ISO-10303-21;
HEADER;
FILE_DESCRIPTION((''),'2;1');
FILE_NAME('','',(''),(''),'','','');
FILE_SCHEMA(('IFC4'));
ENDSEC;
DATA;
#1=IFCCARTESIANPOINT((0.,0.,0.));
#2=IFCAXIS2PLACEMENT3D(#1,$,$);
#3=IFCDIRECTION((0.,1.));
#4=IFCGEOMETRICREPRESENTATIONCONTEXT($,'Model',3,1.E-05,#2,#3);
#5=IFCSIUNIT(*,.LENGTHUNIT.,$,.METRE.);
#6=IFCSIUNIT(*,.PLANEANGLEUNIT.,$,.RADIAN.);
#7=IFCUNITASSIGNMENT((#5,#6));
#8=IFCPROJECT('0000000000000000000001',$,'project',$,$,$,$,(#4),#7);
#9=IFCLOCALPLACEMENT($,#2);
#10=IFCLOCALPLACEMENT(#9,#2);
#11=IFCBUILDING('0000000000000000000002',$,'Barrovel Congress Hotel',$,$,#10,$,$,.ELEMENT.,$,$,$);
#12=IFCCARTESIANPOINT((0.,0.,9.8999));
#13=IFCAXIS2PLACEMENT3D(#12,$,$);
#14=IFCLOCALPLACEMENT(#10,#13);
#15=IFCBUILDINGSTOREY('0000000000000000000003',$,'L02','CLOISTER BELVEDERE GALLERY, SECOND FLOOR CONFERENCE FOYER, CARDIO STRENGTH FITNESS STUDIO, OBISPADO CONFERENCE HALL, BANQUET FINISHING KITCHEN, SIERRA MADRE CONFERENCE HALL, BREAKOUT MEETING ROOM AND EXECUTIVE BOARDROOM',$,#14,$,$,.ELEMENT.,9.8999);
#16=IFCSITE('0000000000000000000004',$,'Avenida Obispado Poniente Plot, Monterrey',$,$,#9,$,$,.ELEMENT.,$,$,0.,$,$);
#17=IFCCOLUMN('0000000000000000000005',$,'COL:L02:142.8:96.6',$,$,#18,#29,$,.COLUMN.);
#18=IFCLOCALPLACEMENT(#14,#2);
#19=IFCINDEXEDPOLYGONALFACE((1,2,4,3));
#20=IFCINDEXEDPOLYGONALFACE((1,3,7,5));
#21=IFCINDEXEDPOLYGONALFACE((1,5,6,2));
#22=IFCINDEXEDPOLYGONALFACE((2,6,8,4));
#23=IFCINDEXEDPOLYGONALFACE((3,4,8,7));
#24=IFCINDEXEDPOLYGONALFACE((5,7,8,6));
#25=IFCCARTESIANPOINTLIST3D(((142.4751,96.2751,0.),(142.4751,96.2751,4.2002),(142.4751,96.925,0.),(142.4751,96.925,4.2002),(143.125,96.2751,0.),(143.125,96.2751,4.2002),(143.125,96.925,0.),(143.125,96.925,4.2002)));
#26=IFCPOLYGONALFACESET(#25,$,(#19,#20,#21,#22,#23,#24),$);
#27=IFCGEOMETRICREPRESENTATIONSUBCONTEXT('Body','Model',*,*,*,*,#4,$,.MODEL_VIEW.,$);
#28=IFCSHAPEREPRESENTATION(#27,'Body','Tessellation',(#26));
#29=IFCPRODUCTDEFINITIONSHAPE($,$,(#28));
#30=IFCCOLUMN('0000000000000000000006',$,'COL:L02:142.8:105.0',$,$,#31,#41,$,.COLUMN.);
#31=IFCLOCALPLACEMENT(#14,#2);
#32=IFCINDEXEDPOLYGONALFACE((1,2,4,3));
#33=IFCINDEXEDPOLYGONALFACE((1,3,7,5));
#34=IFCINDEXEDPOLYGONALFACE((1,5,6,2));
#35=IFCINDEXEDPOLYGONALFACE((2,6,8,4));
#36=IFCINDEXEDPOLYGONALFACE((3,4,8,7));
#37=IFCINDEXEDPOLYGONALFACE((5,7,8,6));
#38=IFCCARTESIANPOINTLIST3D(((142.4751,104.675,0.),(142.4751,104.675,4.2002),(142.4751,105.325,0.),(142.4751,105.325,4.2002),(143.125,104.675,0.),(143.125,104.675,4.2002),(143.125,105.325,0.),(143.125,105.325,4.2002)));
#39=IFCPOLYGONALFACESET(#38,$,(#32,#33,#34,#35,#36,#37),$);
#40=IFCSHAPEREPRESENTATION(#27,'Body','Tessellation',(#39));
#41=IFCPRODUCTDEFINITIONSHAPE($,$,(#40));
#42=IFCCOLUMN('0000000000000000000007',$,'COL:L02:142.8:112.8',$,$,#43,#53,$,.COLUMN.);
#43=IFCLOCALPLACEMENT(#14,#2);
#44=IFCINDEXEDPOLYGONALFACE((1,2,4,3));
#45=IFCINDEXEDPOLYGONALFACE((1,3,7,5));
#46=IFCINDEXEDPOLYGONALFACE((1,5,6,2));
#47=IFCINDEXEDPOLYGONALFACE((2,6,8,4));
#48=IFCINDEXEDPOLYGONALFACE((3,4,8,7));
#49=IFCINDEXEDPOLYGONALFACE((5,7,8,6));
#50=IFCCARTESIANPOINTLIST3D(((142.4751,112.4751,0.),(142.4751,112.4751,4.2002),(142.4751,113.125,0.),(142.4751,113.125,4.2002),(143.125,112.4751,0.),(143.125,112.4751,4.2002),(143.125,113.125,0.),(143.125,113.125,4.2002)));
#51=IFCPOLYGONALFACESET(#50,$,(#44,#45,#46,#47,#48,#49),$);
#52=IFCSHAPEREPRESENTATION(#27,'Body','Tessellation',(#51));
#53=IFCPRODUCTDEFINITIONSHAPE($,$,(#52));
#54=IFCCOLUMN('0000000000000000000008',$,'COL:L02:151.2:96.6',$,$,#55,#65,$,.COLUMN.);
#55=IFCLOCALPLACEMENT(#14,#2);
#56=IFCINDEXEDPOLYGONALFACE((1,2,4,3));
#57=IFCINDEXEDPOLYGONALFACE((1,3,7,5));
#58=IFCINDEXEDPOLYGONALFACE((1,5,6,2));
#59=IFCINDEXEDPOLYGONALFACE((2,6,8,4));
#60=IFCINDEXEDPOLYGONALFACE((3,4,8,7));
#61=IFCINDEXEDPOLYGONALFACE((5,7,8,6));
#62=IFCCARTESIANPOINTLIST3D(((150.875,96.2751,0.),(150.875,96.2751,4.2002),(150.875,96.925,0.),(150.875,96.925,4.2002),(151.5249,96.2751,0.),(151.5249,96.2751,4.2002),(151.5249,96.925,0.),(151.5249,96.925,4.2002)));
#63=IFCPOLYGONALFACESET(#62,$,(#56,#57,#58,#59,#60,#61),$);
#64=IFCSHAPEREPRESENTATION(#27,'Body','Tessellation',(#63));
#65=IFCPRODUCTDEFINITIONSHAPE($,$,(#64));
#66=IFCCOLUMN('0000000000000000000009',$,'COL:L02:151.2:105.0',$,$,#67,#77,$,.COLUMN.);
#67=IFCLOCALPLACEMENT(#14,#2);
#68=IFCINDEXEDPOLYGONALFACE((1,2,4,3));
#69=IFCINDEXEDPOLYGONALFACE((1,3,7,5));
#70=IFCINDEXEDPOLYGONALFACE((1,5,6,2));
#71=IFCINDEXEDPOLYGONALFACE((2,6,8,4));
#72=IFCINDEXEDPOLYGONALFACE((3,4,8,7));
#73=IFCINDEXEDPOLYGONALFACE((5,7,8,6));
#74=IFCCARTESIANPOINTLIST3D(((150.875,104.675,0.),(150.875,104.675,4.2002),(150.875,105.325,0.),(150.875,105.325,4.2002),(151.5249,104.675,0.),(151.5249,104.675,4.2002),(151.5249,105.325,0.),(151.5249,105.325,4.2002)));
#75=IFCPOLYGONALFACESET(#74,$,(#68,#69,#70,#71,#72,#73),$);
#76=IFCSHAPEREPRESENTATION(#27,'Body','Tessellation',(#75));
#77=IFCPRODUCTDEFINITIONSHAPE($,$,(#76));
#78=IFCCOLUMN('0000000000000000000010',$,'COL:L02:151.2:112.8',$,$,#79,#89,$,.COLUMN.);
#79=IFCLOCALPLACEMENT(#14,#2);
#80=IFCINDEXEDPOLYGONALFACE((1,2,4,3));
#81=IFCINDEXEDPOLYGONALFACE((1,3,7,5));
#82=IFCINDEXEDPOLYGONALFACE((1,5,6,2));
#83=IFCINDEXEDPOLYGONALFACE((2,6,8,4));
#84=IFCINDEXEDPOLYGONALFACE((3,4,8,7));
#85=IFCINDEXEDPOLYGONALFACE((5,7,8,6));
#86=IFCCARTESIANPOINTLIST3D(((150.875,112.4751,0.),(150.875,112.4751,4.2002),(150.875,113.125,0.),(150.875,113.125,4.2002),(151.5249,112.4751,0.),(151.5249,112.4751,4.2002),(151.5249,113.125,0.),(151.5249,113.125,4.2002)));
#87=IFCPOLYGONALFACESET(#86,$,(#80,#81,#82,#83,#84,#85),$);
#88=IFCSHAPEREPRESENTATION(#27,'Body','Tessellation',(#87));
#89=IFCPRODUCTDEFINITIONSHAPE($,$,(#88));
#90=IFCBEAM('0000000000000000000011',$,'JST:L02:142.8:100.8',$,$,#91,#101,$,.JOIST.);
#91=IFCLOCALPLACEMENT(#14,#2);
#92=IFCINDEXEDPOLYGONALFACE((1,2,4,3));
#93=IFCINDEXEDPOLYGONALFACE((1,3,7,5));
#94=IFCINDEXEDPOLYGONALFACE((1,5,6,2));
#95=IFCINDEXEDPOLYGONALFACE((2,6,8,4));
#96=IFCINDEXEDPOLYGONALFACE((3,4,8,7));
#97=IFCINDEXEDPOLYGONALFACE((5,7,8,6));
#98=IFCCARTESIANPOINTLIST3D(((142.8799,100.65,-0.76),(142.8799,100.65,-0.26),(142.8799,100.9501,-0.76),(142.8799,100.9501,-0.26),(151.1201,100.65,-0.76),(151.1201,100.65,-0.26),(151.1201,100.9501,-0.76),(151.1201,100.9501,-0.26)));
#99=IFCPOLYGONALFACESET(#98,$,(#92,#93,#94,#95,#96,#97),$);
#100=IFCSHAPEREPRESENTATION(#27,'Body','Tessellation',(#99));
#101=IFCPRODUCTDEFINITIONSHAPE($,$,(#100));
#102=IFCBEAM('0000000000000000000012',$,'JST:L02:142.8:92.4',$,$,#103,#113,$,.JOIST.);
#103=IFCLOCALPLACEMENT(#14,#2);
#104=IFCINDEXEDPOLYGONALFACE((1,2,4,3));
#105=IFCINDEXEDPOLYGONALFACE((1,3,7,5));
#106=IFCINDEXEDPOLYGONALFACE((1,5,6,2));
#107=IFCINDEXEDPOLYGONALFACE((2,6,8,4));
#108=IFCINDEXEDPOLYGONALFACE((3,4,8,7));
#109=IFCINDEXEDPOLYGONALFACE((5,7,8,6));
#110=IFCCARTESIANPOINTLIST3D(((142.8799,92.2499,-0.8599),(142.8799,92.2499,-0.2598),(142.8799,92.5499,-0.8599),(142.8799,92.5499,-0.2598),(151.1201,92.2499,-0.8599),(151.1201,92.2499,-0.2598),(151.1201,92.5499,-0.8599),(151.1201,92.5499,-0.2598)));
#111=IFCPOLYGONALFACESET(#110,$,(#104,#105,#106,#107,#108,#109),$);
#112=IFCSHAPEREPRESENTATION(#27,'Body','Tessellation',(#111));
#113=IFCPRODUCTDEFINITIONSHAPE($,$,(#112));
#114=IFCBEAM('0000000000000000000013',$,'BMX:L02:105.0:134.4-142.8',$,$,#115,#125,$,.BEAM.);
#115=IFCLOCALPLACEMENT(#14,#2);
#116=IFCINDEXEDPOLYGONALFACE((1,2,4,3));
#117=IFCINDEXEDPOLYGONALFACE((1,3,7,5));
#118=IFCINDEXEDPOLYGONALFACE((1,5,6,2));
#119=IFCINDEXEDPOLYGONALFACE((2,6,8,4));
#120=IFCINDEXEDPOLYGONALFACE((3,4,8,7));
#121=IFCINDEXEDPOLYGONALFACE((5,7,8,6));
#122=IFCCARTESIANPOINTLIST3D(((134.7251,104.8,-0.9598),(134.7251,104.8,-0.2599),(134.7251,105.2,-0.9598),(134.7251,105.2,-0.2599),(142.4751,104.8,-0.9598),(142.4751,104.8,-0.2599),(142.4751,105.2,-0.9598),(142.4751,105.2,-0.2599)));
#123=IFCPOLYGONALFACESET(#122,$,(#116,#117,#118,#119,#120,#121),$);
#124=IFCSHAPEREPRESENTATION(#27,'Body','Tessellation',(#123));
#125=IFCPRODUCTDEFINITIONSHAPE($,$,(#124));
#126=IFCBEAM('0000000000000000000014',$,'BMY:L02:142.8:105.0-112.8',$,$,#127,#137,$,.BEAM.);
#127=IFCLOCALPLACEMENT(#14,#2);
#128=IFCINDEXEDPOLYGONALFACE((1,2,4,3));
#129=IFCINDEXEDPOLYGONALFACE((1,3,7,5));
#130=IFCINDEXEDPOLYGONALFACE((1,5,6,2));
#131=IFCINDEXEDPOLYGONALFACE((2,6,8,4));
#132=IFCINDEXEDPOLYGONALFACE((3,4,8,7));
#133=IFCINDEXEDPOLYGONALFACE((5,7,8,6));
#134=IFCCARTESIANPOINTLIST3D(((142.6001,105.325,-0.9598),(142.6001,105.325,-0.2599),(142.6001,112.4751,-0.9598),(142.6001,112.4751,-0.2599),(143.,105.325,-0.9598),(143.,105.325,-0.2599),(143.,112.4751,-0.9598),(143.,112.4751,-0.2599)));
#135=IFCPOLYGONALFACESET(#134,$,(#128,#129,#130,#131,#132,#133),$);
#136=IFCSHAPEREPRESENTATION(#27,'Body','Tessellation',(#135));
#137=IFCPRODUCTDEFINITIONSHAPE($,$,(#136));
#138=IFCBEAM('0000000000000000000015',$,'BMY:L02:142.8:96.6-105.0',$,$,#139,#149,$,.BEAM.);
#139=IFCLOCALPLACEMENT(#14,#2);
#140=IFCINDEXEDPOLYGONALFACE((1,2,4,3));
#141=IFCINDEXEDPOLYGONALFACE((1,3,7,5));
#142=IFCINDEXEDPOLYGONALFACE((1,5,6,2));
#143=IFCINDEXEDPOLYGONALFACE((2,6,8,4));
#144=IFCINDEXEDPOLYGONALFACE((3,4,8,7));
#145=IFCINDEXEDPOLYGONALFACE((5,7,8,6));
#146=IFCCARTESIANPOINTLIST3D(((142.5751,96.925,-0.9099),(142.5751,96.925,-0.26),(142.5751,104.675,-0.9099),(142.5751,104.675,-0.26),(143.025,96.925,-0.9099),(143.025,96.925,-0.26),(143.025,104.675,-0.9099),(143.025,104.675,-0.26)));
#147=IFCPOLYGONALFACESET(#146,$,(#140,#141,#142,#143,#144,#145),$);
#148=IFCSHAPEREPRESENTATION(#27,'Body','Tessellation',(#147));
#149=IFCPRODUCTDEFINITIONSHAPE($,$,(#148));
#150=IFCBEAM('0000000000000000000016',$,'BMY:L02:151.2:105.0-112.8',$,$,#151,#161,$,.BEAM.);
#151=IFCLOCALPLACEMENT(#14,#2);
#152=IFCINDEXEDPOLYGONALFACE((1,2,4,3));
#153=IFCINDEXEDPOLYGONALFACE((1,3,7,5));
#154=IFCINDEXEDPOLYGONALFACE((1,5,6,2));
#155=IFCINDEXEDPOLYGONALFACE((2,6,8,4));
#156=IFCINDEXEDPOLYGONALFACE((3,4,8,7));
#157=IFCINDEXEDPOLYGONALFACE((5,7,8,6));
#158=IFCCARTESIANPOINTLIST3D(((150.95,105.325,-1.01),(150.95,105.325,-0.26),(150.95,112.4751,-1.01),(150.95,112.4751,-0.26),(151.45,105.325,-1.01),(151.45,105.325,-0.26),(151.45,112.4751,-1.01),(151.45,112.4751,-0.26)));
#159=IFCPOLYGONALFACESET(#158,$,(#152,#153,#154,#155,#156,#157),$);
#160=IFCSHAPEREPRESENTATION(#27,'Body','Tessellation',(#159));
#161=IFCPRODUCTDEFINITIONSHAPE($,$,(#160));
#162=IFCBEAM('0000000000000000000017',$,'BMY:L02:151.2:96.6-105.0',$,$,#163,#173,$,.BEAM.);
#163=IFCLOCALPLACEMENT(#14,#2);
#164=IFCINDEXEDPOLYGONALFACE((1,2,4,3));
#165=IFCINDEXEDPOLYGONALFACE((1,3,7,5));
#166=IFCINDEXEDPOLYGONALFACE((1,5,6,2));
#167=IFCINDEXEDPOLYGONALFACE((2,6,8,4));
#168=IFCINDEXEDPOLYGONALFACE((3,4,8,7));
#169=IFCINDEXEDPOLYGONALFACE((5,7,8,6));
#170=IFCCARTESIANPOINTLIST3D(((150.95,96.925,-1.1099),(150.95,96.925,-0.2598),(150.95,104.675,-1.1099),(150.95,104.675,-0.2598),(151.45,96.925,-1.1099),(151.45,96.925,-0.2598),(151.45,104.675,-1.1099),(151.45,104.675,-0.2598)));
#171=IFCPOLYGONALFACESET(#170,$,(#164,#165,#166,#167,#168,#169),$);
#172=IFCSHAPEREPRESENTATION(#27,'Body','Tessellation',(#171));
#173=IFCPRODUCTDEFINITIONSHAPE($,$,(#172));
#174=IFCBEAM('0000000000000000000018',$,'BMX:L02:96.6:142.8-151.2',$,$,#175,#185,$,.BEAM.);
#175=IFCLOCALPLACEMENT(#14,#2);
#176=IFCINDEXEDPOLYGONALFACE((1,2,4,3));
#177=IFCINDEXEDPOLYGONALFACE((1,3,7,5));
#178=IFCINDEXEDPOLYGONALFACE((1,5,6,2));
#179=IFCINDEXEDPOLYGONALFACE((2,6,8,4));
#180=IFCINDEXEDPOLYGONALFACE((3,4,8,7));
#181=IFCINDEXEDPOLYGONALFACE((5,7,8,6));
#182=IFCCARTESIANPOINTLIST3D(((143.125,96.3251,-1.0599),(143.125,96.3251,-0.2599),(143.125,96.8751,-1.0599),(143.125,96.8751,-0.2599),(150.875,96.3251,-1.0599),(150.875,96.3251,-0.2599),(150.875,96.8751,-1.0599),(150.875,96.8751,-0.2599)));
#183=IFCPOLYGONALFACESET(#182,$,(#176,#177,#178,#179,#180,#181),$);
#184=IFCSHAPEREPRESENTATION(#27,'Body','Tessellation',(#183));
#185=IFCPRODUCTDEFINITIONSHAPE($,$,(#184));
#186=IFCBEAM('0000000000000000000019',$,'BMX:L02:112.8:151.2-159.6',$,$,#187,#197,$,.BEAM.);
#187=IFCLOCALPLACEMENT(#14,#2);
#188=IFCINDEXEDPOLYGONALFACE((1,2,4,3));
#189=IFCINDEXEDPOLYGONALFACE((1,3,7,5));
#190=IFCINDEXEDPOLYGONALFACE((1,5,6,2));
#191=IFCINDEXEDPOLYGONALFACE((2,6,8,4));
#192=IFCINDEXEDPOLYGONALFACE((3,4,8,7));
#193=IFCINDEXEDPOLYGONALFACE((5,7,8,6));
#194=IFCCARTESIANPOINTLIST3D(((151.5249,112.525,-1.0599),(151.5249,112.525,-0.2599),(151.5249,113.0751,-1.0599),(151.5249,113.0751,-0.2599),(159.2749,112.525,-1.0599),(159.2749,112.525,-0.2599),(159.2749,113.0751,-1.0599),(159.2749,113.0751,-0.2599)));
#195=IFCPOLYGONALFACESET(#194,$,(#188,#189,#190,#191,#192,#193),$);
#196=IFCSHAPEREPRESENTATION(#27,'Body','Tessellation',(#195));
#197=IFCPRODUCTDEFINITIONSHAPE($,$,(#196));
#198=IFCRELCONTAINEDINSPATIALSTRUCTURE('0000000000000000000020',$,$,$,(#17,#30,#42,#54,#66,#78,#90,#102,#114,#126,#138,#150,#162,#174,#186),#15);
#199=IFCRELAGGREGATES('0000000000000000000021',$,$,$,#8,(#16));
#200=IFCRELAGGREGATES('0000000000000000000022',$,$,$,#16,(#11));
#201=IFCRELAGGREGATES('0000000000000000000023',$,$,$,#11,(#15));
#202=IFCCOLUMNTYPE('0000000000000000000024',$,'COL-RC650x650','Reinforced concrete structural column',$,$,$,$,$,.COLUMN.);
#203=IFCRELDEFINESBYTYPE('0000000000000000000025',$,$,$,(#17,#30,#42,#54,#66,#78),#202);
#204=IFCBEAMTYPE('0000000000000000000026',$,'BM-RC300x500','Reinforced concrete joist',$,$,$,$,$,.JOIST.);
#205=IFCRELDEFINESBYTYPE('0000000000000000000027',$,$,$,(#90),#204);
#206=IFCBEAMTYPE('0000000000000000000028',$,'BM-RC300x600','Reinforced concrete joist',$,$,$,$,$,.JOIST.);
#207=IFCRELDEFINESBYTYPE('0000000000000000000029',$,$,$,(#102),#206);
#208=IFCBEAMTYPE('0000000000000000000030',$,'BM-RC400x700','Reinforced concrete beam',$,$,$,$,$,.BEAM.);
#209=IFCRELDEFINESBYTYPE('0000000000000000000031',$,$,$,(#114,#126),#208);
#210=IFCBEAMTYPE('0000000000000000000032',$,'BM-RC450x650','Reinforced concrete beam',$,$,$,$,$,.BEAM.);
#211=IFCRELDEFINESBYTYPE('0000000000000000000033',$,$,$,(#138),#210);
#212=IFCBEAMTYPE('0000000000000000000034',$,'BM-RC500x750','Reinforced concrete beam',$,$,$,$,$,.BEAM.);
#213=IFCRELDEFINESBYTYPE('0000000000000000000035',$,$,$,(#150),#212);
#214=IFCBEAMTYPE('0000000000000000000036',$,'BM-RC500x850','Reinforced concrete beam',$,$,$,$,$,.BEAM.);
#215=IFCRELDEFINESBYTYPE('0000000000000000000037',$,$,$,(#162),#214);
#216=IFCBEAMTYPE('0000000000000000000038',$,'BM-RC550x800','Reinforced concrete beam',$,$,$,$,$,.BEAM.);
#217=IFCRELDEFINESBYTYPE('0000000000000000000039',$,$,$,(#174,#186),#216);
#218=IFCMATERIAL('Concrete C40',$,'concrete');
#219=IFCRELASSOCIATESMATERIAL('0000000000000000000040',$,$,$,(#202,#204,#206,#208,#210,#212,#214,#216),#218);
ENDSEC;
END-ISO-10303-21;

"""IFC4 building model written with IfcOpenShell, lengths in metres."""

from ifc_helpers import new_model, si_unit, direction, frame, origin, origin_2d, place, context, subcontext, project, spatial, rectangle, extrude, material, material_profile, profile_set, type_object, element, save


model = new_model("IFC4")

# Units and contexts
model_context = context("Model", 3, precision=1e-05, world=origin(), true_north=direction((0.0, 1.0)))
body_context = subcontext(model_context, "Body", "Model", "MODEL_VIEW")
ifc_project = project(units=[si_unit("LENGTHUNIT", "METRE"), si_unit("PLANEANGLEUNIT", "RADIAN")], contexts=[model_context])

# Site, building, storey
site_placement = place(None, origin())
site = spatial("IfcSite", under=ifc_project, at=site_placement, Name="Avenida Obispado Poniente Plot, Monterrey", CompositionType="ELEMENT", RefElevation=0.0)
building_placement = place(site_placement, origin())
building = spatial("IfcBuilding", under=site, at=building_placement, Name="Barrovel Congress Hotel", CompositionType="ELEMENT")
storey_placement = place(building_placement, frame((0.0, 0.0, 9.8999)))
storey = spatial("IfcBuildingStorey", under=building, at=storey_placement, Name="L02", Description="CLOISTER BELVEDERE GALLERY, SECOND FLOOR CONFERENCE FOYER, CARDIO STRENGTH FITNESS STUDIO, OBISPADO CONFERENCE HALL, BANQUET FINISHING KITCHEN, SIERRA MADRE CONFERENCE HALL, BREAKOUT MEETING ROOM AND EXECUTIVE BOARDROOM", CompositionType="ELEMENT", Elevation=9.8999)

# Columns
ifc_material_1 = material(Name="Concrete C40", Category="concrete")
ifc_material_profile_1 = material_profile(ifc_material_1, rectangle(XDim=0.6499, YDim=0.6499, at=origin_2d()), Name="RC650x650")
ifc_profile_set_1 = profile_set([ifc_material_profile_1], Name="Concrete C40")
column_type = type_object("IfcColumnType", Name="COL-RC650x650", Description="Reinforced concrete structural column", PredefinedType="COLUMN", material=ifc_profile_set_1)
for number, where, z_axis, x_axis, name in (
    (1, (142.8, 96.6001, 0.0), (0.0, 0.0, 1.0), (1.0, 0.0, 0.0), "COL:L02:142.8:96.6"),
    (2, (142.8, 105.0, 0.0), (0.0, 0.0, 1.0), (1.0, 0.0, 0.0), "COL:L02:142.8:105.0"),
    (3, (142.8, 112.8, 0.0), (0.0, 0.0, 1.0), (1.0, 0.0, 0.0), "COL:L02:142.8:112.8"),
    (4, (151.2, 96.6001, 0.0), (0.0, 0.0, 1.0), (1.0, 0.0, 0.0), "COL:L02:151.2:96.6"),
    (5, (151.2, 105.0, 0.0), (0.0, 0.0, 1.0), (1.0, 0.0, 0.0), "COL:L02:151.2:105.0"),
    (6, (151.2, 112.8, 0.0), (0.0, 0.0, 1.0), (1.0, 0.0, 0.0), "COL:L02:151.2:112.8"),
):
    element("IfcColumn", number, at=place(storey_placement, frame(where, z_axis=z_axis, x_axis=x_axis)), inside=storey, type_object=column_type, Name=name, PredefinedType="COLUMN", context=body_context, shape_type="SweptSolid", body=[
        extrude(rectangle(XDim=0.6499, YDim=0.6499, at=origin_2d()), origin(), (0.0, 0.0, 1.0), 4.2002),
    ])

# Beams
ifc_material_profile_2 = material_profile(ifc_material_1, rectangle(XDim=0.3, YDim=0.5, at=origin_2d()), Name="RC300x500")
ifc_profile_set_2 = profile_set([ifc_material_profile_2], Name="Concrete C40")
beam_type_1 = type_object("IfcBeamType", Name="BM-RC300x500", Description="Reinforced concrete joist", PredefinedType="JOIST", material=ifc_profile_set_2)
beam_1_placement = place(storey_placement, frame((142.8799, 100.8, -0.51), z_axis=(1.0, 0.0, 0.0), x_axis=(0.0, 1.0, 0.0)))
element("IfcBeam", 7, at=beam_1_placement, inside=storey, type_object=beam_type_1, Name="JST:L02:142.8:100.8", PredefinedType="JOIST", context=body_context, shape_type="SweptSolid", body=[
    extrude(rectangle(XDim=0.3, YDim=0.5, at=origin_2d()), origin(), (0.0, 0.0, 1.0), 8.2402),
])
ifc_material_profile_3 = material_profile(ifc_material_1, rectangle(XDim=0.3, YDim=0.6001, at=origin_2d()), Name="RC300x600")
ifc_profile_set_3 = profile_set([ifc_material_profile_3], Name="Concrete C40")
beam_type_2 = type_object("IfcBeamType", Name="BM-RC300x600", Description="Reinforced concrete joist", PredefinedType="JOIST", material=ifc_profile_set_3)
beam_2_placement = place(storey_placement, frame((142.8799, 92.3999, -0.5598), z_axis=(1.0, 0.0, 0.0), x_axis=(0.0, 1.0, 0.0)))
element("IfcBeam", 8, at=beam_2_placement, inside=storey, type_object=beam_type_2, Name="JST:L02:142.8:92.4", PredefinedType="JOIST", context=body_context, shape_type="SweptSolid", body=[
    extrude(rectangle(XDim=0.3, YDim=0.6001, at=origin_2d()), origin(), (0.0, 0.0, 1.0), 8.2402),
])
ifc_material_profile_4 = material_profile(ifc_material_1, rectangle(XDim=0.3999, YDim=0.7, at=origin_2d()), Name="RC400x700")
ifc_profile_set_4 = profile_set([ifc_material_profile_4], Name="Concrete C40")
beam_type_3 = type_object("IfcBeamType", Name="BM-RC400x700", Description="Reinforced concrete beam", PredefinedType="BEAM", material=ifc_profile_set_4)
beam_3_placement = place(storey_placement, frame((134.7251, 105.0, -0.6099), z_axis=(1.0, 0.0, 0.0), x_axis=(0.0, 1.0, 0.0)))
element("IfcBeam", 9, at=beam_3_placement, inside=storey, type_object=beam_type_3, Name="BMX:L02:105.0:134.4-142.8", PredefinedType="BEAM", context=body_context, shape_type="SweptSolid", body=[
    extrude(rectangle(XDim=0.3999, YDim=0.7, at=origin_2d()), origin(), (0.0, 0.0, 1.0), 7.75),
])
beam_4_placement = place(storey_placement, frame((142.8, 105.325, -0.6099), z_axis=(0.0, 1.0, 0.0), x_axis=(-1.0, 0.0, 0.0)))
element("IfcBeam", 10, at=beam_4_placement, inside=storey, type_object=beam_type_3, Name="BMY:L02:142.8:105.0-112.8", PredefinedType="BEAM", context=body_context, shape_type="SweptSolid", body=[
    extrude(rectangle(XDim=0.3999, YDim=0.7, at=origin_2d()), origin(), (0.0, 0.0, 1.0), 7.1501),
])
ifc_material_profile_5 = material_profile(ifc_material_1, rectangle(XDim=0.45, YDim=0.6499, at=origin_2d()), Name="RC450x650")
ifc_profile_set_5 = profile_set([ifc_material_profile_5], Name="Concrete C40")
beam_type_4 = type_object("IfcBeamType", Name="BM-RC450x650", Description="Reinforced concrete beam", PredefinedType="BEAM", material=ifc_profile_set_5)
beam_5_placement = place(storey_placement, frame((142.8, 96.925, -0.585), z_axis=(0.0, 1.0, 0.0), x_axis=(-1.0, 0.0, 0.0)))
element("IfcBeam", 11, at=beam_5_placement, inside=storey, type_object=beam_type_4, Name="BMY:L02:142.8:96.6-105.0", PredefinedType="BEAM", context=body_context, shape_type="SweptSolid", body=[
    extrude(rectangle(XDim=0.45, YDim=0.6499, at=origin_2d()), origin(), (0.0, 0.0, 1.0), 7.75),
])
ifc_material_profile_6 = material_profile(ifc_material_1, rectangle(XDim=0.5, YDim=0.75, at=origin_2d()), Name="RC500x750")
ifc_profile_set_6 = profile_set([ifc_material_profile_6], Name="Concrete C40")
beam_type_5 = type_object("IfcBeamType", Name="BM-RC500x750", Description="Reinforced concrete beam", PredefinedType="BEAM", material=ifc_profile_set_6)
beam_6_placement = place(storey_placement, frame((151.2, 105.325, -0.635), z_axis=(0.0, 1.0, 0.0), x_axis=(-1.0, 0.0, 0.0)))
element("IfcBeam", 12, at=beam_6_placement, inside=storey, type_object=beam_type_5, Name="BMY:L02:151.2:105.0-112.8", PredefinedType="BEAM", context=body_context, shape_type="SweptSolid", body=[
    extrude(rectangle(XDim=0.5, YDim=0.75, at=origin_2d()), origin(), (0.0, 0.0, 1.0), 7.1501),
])
ifc_material_profile_7 = material_profile(ifc_material_1, rectangle(XDim=0.5, YDim=0.8501, at=origin_2d()), Name="RC500x850")
ifc_profile_set_7 = profile_set([ifc_material_profile_7], Name="Concrete C40")
beam_type_6 = type_object("IfcBeamType", Name="BM-RC500x850", Description="Reinforced concrete beam", PredefinedType="BEAM", material=ifc_profile_set_7)
beam_7_placement = place(storey_placement, frame((151.2, 96.925, -0.6848), z_axis=(0.0, 1.0, 0.0), x_axis=(-1.0, 0.0, 0.0)))
element("IfcBeam", 13, at=beam_7_placement, inside=storey, type_object=beam_type_6, Name="BMY:L02:151.2:96.6-105.0", PredefinedType="BEAM", context=body_context, shape_type="SweptSolid", body=[
    extrude(rectangle(XDim=0.5, YDim=0.8501, at=origin_2d()), origin(), (0.0, 0.0, 1.0), 7.75),
])
ifc_material_profile_8 = material_profile(ifc_material_1, rectangle(XDim=0.55, YDim=0.8, at=origin_2d()), Name="RC550x800")
ifc_profile_set_8 = profile_set([ifc_material_profile_8], Name="Concrete C40")
beam_type_7 = type_object("IfcBeamType", Name="BM-RC550x800", Description="Reinforced concrete beam", PredefinedType="BEAM", material=ifc_profile_set_8)
for number, where, z_axis, x_axis, name in (
    (14, (143.125, 96.6001, -0.6599), (1.0, 0.0, 0.0), (0.0, 1.0, 0.0), "BMX:L02:96.6:142.8-151.2"),
    (15, (151.5249, 112.8, -0.6599), (1.0, 0.0, 0.0), (0.0, 1.0, 0.0), "BMX:L02:112.8:151.2-159.6"),
):
    element("IfcBeam", number, at=place(storey_placement, frame(where, z_axis=z_axis, x_axis=x_axis)), inside=storey, type_object=beam_type_7, Name=name, PredefinedType="BEAM", context=body_context, shape_type="SweptSolid", body=[
        extrude(rectangle(XDim=0.55, YDim=0.8, at=origin_2d()), origin(), (0.0, 0.0, 1.0), 7.75),
    ])

save(model, "model.ifc")
